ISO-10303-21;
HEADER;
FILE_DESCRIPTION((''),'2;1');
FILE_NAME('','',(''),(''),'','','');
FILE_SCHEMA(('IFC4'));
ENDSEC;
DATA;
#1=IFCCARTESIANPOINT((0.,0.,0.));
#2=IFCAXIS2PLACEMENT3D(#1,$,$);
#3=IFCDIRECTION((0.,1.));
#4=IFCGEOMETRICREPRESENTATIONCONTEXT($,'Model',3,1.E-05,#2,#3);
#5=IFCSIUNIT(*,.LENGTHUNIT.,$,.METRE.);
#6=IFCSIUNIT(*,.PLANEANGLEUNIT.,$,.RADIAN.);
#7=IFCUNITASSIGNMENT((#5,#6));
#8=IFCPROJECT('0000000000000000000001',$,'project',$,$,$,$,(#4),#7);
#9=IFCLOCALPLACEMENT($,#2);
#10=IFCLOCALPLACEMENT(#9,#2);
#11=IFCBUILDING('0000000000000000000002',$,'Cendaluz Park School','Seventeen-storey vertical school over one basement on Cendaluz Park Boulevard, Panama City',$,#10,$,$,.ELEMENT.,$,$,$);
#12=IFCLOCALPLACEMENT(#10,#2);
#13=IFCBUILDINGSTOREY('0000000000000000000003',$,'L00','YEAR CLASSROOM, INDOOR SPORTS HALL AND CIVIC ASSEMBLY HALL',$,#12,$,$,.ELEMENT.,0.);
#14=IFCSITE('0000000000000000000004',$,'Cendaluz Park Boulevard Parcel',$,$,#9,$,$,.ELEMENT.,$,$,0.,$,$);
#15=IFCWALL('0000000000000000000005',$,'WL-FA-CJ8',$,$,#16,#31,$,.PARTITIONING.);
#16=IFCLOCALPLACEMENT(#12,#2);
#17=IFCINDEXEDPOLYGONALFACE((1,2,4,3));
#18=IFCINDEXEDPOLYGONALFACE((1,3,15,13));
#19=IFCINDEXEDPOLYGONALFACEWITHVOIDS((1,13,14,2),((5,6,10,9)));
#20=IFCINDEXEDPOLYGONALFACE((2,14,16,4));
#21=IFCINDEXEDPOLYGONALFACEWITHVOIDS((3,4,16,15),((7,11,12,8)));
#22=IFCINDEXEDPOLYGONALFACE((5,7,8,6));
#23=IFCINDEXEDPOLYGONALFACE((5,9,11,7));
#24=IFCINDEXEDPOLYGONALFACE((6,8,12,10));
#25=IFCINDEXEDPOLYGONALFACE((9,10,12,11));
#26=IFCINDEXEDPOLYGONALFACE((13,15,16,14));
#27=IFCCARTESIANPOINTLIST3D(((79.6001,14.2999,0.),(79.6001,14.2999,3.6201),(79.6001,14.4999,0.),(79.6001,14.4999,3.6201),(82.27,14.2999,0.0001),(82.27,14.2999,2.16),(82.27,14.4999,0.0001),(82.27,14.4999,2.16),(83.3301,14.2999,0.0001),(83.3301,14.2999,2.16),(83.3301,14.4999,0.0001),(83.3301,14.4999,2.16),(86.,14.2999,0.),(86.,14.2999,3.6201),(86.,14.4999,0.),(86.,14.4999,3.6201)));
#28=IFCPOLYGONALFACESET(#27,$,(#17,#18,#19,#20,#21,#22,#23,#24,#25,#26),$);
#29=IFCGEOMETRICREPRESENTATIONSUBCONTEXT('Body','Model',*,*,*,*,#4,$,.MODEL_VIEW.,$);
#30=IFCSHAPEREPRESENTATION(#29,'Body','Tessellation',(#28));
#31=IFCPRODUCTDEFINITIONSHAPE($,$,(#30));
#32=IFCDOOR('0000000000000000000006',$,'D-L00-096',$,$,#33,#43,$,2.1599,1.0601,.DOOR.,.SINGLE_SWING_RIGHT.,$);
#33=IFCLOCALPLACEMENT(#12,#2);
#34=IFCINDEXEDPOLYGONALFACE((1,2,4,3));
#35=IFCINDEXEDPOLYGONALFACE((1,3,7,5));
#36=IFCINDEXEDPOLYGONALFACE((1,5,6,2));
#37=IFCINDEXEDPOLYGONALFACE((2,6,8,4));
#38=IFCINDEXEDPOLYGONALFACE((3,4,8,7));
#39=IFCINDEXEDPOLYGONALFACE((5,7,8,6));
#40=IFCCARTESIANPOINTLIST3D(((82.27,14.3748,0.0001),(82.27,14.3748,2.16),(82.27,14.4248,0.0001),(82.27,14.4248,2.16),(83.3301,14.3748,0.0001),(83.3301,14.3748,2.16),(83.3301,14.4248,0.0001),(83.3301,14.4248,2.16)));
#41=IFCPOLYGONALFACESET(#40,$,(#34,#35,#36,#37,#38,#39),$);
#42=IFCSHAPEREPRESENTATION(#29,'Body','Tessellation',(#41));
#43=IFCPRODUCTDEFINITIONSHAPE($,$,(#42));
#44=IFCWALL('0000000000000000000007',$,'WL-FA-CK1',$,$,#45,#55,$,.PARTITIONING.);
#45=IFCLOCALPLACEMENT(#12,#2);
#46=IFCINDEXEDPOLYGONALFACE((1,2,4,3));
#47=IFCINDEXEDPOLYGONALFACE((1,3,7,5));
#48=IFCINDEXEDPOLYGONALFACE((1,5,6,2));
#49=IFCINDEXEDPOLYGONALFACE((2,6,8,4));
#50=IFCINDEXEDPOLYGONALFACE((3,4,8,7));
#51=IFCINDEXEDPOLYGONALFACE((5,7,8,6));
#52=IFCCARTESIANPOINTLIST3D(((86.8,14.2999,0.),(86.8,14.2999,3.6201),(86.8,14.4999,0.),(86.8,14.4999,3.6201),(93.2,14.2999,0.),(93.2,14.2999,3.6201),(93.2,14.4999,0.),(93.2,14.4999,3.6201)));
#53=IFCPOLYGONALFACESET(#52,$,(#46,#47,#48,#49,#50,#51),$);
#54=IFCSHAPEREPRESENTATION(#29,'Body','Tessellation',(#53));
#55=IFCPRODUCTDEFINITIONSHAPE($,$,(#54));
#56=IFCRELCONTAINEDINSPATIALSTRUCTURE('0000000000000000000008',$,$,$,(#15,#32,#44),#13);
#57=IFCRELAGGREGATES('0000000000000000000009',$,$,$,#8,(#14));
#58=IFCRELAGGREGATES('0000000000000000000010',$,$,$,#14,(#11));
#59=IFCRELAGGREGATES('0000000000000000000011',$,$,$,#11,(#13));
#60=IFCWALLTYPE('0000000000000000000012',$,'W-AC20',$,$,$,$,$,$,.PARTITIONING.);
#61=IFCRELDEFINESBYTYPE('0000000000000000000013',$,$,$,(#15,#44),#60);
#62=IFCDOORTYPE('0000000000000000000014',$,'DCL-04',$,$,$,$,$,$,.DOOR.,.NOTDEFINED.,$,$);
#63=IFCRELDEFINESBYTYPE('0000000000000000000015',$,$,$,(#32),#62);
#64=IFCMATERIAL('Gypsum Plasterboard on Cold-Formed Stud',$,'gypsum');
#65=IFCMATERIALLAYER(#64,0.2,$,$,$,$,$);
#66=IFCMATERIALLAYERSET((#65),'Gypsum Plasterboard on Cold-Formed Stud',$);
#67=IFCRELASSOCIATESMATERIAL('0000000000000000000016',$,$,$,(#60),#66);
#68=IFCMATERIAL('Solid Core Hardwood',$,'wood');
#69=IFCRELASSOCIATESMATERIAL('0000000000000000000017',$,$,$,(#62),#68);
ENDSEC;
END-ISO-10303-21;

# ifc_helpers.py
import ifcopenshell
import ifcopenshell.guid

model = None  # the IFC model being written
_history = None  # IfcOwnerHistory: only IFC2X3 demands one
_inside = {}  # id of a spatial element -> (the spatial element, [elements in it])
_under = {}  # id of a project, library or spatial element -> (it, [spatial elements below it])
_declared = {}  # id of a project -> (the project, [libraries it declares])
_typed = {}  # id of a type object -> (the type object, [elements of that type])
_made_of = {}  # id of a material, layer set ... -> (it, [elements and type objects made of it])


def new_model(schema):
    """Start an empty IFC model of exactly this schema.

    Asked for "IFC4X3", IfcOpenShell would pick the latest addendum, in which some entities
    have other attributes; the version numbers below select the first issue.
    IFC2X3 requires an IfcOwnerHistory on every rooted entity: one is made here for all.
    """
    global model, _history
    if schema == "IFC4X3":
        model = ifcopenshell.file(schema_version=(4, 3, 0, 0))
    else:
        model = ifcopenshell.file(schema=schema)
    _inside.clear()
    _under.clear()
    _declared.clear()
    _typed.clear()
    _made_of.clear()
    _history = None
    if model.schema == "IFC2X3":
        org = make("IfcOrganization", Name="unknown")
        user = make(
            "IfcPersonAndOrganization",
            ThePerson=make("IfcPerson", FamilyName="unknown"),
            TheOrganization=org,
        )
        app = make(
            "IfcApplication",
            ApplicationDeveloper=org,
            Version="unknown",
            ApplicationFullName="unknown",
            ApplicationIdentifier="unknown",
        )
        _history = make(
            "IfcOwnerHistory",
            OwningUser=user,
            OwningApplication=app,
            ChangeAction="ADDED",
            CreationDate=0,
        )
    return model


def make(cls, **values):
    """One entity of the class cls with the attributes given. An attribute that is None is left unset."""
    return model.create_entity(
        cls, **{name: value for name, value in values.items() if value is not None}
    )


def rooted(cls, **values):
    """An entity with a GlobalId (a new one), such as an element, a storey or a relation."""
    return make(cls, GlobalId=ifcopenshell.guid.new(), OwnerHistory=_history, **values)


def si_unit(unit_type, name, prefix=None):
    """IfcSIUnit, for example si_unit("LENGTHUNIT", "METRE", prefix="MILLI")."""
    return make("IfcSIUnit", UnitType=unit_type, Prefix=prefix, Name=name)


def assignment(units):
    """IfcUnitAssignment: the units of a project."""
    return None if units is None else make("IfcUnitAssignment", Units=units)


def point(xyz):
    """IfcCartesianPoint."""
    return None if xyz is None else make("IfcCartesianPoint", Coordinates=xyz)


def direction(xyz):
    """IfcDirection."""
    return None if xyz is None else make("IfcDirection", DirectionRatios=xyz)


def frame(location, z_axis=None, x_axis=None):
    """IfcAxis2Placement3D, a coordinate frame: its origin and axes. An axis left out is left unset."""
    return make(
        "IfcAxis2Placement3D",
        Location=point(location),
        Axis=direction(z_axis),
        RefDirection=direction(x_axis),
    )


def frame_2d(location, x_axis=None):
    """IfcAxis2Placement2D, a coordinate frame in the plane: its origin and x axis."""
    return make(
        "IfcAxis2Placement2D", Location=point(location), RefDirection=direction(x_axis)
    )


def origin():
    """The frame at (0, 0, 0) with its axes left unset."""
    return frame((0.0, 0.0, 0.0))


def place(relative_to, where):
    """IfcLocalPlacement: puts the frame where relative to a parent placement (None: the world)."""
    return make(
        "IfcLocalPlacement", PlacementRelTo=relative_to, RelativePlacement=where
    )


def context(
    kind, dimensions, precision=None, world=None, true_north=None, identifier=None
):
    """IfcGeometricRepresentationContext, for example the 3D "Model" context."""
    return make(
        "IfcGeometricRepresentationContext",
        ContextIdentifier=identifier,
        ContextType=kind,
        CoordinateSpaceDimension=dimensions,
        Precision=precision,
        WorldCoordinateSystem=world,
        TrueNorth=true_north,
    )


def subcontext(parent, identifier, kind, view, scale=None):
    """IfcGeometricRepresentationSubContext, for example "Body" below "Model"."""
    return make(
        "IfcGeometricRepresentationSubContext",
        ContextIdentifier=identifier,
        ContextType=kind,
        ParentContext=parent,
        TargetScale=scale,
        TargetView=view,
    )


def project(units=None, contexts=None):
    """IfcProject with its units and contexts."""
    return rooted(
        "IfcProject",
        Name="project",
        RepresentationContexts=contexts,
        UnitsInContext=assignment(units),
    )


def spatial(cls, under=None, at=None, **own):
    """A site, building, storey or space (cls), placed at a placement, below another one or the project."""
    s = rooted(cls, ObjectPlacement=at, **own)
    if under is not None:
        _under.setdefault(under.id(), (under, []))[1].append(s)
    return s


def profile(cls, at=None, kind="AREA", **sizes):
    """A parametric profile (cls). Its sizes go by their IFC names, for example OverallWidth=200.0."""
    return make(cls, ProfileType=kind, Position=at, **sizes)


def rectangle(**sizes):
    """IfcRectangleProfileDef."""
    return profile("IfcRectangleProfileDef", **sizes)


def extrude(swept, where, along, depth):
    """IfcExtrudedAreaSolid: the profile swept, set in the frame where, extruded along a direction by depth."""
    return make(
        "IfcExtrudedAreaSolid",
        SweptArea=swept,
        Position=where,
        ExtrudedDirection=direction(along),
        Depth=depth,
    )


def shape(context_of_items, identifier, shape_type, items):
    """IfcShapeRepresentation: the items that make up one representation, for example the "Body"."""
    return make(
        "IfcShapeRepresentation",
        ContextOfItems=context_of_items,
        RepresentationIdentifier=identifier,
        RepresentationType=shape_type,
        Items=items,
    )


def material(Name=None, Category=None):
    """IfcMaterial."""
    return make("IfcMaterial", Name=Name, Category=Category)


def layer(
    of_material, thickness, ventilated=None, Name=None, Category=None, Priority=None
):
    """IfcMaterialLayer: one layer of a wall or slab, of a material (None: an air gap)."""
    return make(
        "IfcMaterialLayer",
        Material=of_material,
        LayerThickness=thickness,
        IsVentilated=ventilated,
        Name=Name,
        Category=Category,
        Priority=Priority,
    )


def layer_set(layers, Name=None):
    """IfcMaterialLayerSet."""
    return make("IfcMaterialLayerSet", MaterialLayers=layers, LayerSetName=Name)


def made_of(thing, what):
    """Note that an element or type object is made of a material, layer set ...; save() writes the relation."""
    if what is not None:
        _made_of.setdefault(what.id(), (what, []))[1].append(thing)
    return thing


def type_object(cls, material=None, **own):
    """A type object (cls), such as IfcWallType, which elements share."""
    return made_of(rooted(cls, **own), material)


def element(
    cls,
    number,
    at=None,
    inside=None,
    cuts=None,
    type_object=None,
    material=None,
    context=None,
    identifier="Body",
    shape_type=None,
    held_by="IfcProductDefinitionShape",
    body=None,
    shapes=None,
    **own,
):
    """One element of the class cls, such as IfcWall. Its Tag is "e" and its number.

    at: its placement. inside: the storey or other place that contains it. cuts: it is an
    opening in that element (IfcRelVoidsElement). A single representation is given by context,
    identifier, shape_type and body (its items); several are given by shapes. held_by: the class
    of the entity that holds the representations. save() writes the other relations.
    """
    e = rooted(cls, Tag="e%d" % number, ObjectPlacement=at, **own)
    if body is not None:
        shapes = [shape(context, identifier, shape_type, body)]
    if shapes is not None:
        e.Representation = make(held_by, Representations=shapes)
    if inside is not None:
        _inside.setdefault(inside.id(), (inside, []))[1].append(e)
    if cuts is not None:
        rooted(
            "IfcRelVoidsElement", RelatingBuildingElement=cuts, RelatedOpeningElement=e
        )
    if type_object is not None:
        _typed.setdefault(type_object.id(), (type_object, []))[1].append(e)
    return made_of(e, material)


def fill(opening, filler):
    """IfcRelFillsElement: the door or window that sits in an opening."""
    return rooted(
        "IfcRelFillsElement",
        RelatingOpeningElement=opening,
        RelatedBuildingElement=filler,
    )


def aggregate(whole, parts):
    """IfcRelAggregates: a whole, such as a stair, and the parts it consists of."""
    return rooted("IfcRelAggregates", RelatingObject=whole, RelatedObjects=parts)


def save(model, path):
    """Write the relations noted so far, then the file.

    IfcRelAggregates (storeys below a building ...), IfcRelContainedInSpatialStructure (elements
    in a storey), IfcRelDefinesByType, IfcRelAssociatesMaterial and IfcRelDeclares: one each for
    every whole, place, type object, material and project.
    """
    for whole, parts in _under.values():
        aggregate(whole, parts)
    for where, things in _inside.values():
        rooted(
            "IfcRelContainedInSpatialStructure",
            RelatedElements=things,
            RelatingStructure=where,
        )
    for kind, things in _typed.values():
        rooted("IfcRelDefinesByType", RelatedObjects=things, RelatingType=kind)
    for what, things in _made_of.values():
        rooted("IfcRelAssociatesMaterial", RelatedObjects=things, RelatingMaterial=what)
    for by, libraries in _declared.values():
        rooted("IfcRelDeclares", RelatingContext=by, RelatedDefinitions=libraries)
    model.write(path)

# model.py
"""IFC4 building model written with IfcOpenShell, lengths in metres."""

from ifc_helpers import new_model, si_unit, direction, frame, frame_2d, origin, place, context, subcontext, project, spatial, rectangle, extrude, material, layer, layer_set, type_object, element, fill, save


model = new_model("IFC4")

# Units and contexts
model_context = context("Model", 3, precision=1e-05, world=origin(), true_north=direction((0.0, 1.0)))
body_context = subcontext(model_context, "Body", "Model", "MODEL_VIEW")
ifc_project = project(units=[si_unit("LENGTHUNIT", "METRE"), si_unit("PLANEANGLEUNIT", "RADIAN")], contexts=[model_context])

# Site, building, storey
site_placement = place(None, origin())
site = spatial("IfcSite", under=ifc_project, at=site_placement, Name="Cendaluz Park Boulevard Parcel", CompositionType="ELEMENT", RefElevation=0.0)
building_placement = place(site_placement, origin())
building = spatial("IfcBuilding", under=site, at=building_placement, Name="Cendaluz Park School", Description="Seventeen-storey vertical school over one basement on Cendaluz Park Boulevard, Panama City", CompositionType="ELEMENT")
storey_placement = place(building_placement, origin())
storey = spatial("IfcBuildingStorey", under=building, at=storey_placement, Name="L00", Description="YEAR CLASSROOM, INDOOR SPORTS HALL AND CIVIC ASSEMBLY HALL", CompositionType="ELEMENT", Elevation=0.0)

# Shared definitions
ifc_material_1 = material(Name="Gypsum Plasterboard on Cold-Formed Stud", Category="gypsum")
ifc_layer_1 = layer(ifc_material_1, 0.2)
ifc_layer_set_1 = layer_set([ifc_layer_1], Name="Gypsum Plasterboard on Cold-Formed Stud")
wall_type_1 = type_object("IfcWallType", Name="W-AC20", PredefinedType="PARTITIONING", material=ifc_layer_set_1)

# Wall, opening, door
wall_1_placement = place(storey_placement, frame((79.6001, 14.3999, 0.0), z_axis=(0.0, 0.0, 1.0), x_axis=(1.0, 0.0, 0.0)))
wall_1 = element("IfcWall", 1, at=wall_1_placement, inside=storey, type_object=wall_type_1, Name="WL-FA-CJ8", PredefinedType="PARTITIONING", context=body_context, shape_type="SweptSolid", body=[
    extrude(rectangle(XDim=6.3999, YDim=0.2, at=frame_2d((3.2, 0.0))), origin(), (0.0, 0.0, 1.0), 3.6201),
])
opening_1_placement = place(wall_1_placement, frame((2.6699, 0.0, 0.0)))
opening_1 = element("IfcOpeningElement", 2, at=opening_1_placement, cuts=wall_1, PredefinedType="OPENING", context=body_context, shape_type="SweptSolid", body=[
    extrude(rectangle(XDim=1.0601, YDim=2.1599, at=frame_2d((0.53, 1.0801))), frame((0.0, 0.1121, 0.0), z_axis=(0.0, -1.0, 0.0), x_axis=(1.0, 0.0, 0.0)), (0.0, 0.0, 1.0), 0.2239),
])
ifc_material_2 = material(Name="Solid Core Hardwood", Category="wood")
door_type_1 = type_object("IfcDoorType", Name="DCL-04", OperationType="NOTDEFINED", PredefinedType="DOOR", material=ifc_material_2)
door_1_placement = place(opening_1_placement, origin())
door_1 = element("IfcDoor", 3, at=door_1_placement, inside=storey, type_object=door_type_1, Name="D-L00-096", OperationType="SINGLE_SWING_RIGHT", OverallHeight=2.1599, OverallWidth=1.0601, PredefinedType="DOOR", context=body_context, shape_type="SweptSolid", body=[
    extrude(rectangle(XDim=1.0601, YDim=2.1599, at=frame_2d((0.53, 1.0801))), frame((0.0, 0.0249, 0.0), z_axis=(0.0, -1.0, 0.0), x_axis=(1.0, 0.0, 0.0)), (0.0, 0.0, 1.0), 0.05),
])
fill(opening_1, door_1)

# Wall
wall_2_placement = place(storey_placement, frame((86.8, 14.3999, 0.0), z_axis=(0.0, 0.0, 1.0), x_axis=(1.0, 0.0, 0.0)))
element("IfcWall", 4, at=wall_2_placement, inside=storey, type_object=wall_type_1, Name="WL-FA-CK1", PredefinedType="PARTITIONING", context=body_context, shape_type="SweptSolid", body=[
    extrude(rectangle(XDim=6.3999, YDim=0.2, at=frame_2d((3.2, 0.0))), origin(), (0.0, 0.0, 1.0), 3.6201),
])

save(model, "model.ifc")
